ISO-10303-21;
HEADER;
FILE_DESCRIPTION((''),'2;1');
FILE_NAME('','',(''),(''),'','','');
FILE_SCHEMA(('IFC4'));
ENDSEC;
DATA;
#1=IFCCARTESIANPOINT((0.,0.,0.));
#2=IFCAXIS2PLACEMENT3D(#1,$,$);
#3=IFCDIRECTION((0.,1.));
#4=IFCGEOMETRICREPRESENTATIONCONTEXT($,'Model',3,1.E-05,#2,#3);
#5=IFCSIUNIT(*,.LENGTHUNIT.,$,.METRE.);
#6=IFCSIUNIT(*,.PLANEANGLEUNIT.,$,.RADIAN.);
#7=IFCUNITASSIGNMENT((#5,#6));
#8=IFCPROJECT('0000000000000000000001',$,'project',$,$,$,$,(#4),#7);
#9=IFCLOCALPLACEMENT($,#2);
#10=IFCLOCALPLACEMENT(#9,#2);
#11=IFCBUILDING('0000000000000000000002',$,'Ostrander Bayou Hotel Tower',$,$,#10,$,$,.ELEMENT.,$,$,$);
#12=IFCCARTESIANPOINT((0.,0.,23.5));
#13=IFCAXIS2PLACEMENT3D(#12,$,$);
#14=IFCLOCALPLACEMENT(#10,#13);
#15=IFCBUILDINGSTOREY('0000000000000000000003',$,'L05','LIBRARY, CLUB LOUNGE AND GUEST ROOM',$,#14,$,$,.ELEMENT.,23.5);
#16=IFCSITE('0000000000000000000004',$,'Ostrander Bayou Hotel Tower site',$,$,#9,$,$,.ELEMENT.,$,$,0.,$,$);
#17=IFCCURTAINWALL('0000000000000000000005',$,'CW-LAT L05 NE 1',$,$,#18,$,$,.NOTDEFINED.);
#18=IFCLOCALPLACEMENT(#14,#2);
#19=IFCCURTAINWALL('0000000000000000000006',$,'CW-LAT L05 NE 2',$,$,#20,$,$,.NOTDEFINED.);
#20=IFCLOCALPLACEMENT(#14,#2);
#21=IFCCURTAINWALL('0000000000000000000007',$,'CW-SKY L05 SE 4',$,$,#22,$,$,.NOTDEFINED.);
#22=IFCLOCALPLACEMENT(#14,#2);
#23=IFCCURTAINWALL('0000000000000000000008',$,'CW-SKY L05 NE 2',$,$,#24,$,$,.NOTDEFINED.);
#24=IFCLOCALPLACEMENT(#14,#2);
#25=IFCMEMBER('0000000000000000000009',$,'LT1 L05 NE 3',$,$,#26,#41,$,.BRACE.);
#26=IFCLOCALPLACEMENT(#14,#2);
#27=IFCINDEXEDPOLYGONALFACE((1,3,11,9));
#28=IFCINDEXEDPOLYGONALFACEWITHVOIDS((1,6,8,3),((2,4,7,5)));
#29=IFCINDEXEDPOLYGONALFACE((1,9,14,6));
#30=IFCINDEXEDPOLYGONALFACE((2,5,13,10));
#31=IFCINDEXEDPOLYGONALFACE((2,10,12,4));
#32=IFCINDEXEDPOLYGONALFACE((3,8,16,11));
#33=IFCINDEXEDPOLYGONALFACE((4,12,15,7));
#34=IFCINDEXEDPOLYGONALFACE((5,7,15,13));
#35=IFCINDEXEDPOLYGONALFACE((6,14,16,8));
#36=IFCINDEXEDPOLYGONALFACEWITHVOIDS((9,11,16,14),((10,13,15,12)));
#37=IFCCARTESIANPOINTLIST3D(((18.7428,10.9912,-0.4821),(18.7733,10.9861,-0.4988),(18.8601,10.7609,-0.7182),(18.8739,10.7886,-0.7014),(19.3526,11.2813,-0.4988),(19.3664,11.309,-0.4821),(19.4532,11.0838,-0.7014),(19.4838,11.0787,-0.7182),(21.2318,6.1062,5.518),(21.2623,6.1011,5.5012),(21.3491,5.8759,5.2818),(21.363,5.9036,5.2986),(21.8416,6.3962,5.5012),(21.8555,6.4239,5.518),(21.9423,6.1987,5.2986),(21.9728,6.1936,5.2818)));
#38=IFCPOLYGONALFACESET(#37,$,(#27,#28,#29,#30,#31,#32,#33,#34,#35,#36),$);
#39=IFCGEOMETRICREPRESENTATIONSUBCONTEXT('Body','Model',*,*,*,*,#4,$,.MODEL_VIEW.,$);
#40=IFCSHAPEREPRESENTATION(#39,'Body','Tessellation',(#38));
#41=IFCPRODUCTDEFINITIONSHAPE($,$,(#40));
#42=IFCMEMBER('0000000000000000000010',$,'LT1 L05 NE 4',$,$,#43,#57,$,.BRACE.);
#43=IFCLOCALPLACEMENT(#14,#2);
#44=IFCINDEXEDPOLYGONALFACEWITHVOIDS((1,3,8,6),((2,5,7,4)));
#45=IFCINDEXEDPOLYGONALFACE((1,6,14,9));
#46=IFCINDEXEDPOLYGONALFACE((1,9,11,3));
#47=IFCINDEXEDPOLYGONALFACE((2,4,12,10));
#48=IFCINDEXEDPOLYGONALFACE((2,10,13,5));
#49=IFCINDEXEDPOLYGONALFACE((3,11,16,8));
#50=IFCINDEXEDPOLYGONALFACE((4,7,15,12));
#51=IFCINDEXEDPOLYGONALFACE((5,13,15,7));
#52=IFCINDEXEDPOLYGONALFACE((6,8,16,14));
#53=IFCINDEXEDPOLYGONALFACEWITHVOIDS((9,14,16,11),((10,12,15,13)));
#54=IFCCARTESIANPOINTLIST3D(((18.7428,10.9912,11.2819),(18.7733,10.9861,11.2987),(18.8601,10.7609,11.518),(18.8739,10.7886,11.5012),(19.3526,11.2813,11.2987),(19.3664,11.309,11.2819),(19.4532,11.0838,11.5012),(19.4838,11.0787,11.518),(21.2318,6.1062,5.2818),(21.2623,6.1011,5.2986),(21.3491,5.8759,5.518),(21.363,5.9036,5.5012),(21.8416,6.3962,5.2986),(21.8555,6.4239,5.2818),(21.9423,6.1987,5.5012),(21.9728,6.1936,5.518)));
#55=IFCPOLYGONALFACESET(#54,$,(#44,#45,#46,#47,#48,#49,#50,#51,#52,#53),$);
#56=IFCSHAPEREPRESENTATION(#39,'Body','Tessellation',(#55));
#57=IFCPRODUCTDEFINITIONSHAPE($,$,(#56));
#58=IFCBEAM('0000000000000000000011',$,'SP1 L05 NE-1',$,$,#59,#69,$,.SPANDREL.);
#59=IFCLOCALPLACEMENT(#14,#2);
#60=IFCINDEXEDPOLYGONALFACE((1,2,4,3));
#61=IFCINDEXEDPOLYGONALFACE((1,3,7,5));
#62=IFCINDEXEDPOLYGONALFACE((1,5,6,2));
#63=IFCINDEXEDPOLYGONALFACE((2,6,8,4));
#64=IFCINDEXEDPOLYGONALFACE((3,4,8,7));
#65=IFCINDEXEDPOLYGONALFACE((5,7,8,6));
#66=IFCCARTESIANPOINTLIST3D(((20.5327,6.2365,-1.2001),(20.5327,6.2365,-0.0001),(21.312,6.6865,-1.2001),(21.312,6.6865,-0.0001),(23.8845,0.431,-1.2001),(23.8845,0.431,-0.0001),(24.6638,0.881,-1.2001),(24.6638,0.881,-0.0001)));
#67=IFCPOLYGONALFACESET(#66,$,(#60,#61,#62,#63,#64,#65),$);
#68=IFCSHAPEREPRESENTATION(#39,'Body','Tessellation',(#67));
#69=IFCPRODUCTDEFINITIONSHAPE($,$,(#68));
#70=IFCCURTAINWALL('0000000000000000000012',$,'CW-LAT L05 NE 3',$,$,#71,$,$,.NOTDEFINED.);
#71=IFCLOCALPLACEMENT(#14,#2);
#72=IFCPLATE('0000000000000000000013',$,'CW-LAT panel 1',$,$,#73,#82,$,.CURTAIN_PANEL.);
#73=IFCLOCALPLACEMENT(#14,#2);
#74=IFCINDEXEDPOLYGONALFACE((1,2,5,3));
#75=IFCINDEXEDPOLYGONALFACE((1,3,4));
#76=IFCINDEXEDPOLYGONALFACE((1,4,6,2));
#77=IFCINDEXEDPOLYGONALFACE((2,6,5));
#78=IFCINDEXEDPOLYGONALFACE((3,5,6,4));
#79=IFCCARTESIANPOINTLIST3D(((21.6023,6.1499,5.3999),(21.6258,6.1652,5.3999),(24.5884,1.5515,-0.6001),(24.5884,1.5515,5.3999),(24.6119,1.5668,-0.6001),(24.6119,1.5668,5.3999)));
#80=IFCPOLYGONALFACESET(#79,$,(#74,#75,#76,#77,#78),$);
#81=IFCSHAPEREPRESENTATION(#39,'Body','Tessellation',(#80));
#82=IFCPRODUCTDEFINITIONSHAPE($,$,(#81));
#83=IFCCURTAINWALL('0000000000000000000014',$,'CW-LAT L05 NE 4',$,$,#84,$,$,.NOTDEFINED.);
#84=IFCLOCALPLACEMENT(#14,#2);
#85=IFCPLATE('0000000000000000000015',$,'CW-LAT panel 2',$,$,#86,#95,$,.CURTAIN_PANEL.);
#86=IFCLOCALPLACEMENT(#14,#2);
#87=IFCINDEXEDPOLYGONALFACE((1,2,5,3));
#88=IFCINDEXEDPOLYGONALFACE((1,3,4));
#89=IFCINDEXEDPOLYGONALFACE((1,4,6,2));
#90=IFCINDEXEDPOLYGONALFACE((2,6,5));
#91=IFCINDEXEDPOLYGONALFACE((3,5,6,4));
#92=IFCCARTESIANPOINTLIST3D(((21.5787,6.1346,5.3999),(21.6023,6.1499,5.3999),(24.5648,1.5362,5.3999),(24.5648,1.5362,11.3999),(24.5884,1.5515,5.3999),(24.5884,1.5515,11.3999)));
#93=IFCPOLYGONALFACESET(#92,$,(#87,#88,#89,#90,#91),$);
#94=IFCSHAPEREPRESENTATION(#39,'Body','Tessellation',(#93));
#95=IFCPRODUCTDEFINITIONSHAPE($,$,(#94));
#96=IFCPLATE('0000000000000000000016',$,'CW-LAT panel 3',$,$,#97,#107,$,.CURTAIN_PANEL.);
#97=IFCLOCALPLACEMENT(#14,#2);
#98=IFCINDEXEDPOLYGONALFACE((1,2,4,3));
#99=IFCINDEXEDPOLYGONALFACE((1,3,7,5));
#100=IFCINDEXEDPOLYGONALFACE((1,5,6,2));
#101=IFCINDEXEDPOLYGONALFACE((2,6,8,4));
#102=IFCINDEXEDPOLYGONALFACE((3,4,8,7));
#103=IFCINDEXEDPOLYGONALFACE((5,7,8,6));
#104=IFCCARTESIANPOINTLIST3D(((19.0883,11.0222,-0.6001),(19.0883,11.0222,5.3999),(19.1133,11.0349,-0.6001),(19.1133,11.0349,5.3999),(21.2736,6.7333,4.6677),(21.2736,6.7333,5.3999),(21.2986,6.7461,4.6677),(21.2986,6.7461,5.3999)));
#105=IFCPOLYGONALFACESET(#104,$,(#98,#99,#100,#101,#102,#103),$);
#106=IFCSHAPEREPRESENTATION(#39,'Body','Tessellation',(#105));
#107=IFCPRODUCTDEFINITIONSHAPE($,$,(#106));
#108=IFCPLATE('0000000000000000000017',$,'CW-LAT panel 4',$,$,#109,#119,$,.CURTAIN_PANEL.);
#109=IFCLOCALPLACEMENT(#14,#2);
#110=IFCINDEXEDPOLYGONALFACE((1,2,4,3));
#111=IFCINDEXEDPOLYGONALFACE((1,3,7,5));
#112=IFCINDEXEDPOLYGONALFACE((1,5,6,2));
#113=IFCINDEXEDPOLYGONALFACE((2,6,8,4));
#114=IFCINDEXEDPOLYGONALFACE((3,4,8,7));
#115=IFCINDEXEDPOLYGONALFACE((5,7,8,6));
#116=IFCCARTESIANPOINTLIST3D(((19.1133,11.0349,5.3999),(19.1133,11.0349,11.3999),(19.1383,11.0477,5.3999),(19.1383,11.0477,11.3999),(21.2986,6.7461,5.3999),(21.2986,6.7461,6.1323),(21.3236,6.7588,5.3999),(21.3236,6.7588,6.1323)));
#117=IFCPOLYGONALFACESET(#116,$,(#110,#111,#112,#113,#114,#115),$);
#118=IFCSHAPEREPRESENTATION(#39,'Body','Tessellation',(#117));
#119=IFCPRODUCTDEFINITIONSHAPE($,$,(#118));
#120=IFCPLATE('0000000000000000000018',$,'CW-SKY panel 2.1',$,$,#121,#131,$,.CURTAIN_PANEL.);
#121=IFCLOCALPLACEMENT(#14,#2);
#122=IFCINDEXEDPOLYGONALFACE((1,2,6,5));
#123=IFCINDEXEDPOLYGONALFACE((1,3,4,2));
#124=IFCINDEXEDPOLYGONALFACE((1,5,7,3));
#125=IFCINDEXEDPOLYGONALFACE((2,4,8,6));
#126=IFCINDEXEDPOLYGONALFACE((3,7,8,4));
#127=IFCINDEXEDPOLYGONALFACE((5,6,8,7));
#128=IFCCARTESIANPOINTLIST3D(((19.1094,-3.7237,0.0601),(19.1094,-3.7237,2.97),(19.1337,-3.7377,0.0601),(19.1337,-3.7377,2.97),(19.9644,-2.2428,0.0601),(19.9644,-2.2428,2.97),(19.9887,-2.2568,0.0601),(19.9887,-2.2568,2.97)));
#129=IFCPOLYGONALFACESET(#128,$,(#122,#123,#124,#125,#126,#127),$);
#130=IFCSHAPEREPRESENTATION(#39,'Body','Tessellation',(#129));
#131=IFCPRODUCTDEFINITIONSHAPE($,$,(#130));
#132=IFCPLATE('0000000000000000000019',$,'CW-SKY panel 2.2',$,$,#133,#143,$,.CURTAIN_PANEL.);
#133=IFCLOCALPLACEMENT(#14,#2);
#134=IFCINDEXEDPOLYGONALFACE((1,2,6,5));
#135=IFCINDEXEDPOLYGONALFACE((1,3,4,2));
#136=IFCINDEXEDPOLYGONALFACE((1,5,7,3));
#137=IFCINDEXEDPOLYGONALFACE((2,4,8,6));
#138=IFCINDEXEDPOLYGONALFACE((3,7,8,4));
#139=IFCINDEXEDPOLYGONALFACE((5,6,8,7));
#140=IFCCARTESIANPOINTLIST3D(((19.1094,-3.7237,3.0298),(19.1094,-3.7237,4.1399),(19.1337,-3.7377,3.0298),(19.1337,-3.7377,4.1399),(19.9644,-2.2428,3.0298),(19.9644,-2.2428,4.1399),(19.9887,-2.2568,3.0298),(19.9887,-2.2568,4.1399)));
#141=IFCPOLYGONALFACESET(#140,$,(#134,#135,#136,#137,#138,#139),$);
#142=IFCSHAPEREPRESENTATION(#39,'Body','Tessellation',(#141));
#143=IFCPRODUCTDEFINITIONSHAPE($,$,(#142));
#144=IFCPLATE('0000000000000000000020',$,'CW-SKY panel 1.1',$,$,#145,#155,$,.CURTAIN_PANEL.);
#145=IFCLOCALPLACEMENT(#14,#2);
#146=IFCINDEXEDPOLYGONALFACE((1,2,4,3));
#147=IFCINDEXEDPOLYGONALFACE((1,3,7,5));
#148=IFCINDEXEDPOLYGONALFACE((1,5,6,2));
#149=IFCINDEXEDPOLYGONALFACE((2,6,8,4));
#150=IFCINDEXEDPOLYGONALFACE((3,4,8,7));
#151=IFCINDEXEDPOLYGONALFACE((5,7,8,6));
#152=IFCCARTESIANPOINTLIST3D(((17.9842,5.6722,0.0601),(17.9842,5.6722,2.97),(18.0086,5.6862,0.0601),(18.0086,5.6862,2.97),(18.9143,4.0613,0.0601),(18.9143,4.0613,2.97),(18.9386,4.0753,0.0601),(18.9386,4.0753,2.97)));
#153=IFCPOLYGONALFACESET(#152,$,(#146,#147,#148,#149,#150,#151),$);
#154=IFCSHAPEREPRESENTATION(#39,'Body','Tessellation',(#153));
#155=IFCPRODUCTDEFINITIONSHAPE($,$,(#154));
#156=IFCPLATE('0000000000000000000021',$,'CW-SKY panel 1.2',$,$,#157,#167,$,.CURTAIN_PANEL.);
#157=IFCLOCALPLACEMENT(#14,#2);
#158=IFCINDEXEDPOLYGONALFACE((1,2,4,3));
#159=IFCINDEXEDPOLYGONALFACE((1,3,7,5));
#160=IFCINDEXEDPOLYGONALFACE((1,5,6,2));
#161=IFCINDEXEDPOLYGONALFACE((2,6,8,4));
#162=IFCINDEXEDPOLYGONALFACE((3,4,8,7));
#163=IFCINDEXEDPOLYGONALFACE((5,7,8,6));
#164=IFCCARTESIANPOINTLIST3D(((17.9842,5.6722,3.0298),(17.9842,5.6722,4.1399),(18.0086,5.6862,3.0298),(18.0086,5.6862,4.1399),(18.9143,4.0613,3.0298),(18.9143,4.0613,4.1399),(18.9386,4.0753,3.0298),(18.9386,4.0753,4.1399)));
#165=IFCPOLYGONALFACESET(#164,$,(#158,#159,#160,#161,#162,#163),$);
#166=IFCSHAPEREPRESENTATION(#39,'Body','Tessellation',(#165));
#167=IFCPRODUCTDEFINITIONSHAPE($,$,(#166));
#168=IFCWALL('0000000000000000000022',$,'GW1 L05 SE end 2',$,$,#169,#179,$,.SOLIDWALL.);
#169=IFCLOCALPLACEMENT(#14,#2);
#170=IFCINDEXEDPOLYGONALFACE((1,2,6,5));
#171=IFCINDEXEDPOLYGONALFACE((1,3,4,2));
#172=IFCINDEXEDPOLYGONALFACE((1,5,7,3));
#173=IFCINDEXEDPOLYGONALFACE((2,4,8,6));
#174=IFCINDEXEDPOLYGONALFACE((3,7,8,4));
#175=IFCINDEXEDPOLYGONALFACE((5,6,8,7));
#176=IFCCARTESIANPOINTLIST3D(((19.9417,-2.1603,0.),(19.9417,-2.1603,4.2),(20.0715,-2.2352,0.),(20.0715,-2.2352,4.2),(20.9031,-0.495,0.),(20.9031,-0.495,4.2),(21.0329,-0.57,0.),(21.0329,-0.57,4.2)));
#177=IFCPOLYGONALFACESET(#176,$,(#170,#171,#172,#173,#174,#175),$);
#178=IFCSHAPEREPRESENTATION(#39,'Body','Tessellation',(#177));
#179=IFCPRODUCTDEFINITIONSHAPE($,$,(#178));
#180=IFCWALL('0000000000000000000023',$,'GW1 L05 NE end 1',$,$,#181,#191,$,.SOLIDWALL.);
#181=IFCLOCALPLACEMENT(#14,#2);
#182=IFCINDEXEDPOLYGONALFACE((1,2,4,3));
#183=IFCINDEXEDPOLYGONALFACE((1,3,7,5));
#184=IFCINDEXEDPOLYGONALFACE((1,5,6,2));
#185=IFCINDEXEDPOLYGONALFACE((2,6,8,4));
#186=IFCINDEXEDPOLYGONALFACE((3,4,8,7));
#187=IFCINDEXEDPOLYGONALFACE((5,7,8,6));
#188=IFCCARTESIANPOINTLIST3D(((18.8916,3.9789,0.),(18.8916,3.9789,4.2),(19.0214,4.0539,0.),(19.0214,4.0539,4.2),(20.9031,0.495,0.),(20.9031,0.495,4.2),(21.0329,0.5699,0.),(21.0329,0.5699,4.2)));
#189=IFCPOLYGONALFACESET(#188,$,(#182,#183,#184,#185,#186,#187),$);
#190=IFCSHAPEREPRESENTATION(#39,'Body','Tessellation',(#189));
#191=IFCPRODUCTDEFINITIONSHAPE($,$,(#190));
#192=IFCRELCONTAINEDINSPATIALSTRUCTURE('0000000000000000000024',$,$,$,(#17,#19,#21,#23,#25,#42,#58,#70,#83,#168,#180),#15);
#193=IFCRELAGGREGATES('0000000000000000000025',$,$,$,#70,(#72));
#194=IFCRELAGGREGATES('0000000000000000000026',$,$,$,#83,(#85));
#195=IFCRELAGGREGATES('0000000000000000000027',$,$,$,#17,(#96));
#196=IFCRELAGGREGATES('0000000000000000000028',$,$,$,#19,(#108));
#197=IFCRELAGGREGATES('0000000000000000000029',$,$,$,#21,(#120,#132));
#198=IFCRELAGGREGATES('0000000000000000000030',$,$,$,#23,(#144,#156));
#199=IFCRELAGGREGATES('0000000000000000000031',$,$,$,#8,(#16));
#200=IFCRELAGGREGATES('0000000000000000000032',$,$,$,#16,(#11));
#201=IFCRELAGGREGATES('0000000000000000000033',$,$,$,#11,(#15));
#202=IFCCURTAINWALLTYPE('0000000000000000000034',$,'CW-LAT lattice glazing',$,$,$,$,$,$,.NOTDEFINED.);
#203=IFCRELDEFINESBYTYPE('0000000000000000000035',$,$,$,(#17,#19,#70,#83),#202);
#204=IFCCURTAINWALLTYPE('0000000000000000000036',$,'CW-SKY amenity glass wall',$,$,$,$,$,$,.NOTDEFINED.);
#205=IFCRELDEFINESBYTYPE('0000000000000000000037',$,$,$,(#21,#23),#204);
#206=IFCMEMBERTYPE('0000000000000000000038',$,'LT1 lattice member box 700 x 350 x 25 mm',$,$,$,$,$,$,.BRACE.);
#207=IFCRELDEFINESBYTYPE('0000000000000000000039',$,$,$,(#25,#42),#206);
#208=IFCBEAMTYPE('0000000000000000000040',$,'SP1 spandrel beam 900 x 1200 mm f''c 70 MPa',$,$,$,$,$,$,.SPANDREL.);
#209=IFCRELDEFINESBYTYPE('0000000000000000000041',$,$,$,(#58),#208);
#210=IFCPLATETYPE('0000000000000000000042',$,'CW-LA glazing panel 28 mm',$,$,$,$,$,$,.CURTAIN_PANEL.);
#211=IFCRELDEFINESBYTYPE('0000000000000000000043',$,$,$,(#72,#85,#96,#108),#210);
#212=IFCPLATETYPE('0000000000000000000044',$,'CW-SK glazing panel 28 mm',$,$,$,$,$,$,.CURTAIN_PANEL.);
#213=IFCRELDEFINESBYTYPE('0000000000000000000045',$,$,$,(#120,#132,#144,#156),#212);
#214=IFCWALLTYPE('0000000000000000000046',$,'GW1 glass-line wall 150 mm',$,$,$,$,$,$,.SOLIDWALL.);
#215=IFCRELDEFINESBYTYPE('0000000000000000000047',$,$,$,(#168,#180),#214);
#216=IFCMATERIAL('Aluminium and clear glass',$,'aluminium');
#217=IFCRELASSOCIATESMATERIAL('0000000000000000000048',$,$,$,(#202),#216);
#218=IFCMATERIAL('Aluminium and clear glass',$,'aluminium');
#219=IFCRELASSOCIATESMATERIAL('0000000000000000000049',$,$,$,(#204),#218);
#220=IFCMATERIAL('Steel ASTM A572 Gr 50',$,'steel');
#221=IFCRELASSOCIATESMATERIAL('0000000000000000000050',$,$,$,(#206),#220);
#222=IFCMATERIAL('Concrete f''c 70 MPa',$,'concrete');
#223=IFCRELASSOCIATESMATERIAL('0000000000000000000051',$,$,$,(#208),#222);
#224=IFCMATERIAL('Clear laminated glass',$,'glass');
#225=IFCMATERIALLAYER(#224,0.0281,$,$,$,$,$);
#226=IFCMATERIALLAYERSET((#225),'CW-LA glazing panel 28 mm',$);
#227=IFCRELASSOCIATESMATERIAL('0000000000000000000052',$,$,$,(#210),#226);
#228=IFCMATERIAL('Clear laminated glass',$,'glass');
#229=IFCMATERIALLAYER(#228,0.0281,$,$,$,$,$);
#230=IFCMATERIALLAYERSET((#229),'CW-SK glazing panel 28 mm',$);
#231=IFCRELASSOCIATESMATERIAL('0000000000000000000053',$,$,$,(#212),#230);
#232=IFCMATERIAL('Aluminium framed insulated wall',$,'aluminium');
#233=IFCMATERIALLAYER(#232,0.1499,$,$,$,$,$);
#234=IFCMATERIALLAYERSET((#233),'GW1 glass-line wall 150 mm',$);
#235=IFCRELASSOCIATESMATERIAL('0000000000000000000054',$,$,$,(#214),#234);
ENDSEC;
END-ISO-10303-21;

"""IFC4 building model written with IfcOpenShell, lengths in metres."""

from ifc_helpers import new_model, si_unit, direction, frame, frame_2d, origin, origin_2d, place, context, subcontext, project, spatial, polyline, rectangle, hollow_rectangle, outline, extrude, material, layer, layer_set, material_profile, profile_set, type_object, element, aggregate, save


model = new_model("IFC4")

# Units and contexts
model_context = context("Model", 3, precision=1e-05, world=origin(), true_north=direction((0.0, 1.0)))
body_context = subcontext(model_context, "Body", "Model", "MODEL_VIEW")
ifc_project = project(units=[si_unit("LENGTHUNIT", "METRE"), si_unit("PLANEANGLEUNIT", "RADIAN")], contexts=[model_context])

# Site, building, storey
site_placement = place(None, origin())
site = spatial("IfcSite", under=ifc_project, at=site_placement, Name="Ostrander Bayou Hotel Tower site", CompositionType="ELEMENT", RefElevation=0.0)
building_placement = place(site_placement, origin())
building = spatial("IfcBuilding", under=site, at=building_placement, Name="Ostrander Bayou Hotel Tower", CompositionType="ELEMENT")
storey_placement = place(building_placement, frame((0.0, 0.0, 23.5)))
storey = spatial("IfcBuildingStorey", under=building, at=storey_placement, Name="L05", Description="LIBRARY, CLUB LOUNGE AND GUEST ROOM", CompositionType="ELEMENT", Elevation=23.5)

# Curtain wall
ifc_material_1 = material(Name="Aluminium and clear glass", Category="aluminium")
curtain_wall_type_1 = type_object("IfcCurtainWallType", Name="CW-LAT lattice glazing", PredefinedType="NOTDEFINED", material=ifc_material_1)
curtain_wall_1_placement = place(storey_placement, origin())
curtain_wall_1 = element("IfcCurtainWall", 1, at=curtain_wall_1_placement, inside=storey, type_object=curtain_wall_type_1, Name="CW-LAT L05 NE 1", PredefinedType="NOTDEFINED")

# Curtain walls
curtain_wall_2_placement = place(storey_placement, origin())
curtain_wall_2 = element("IfcCurtainWall", 2, at=curtain_wall_2_placement, inside=storey, type_object=curtain_wall_type_1, Name="CW-LAT L05 NE 2", PredefinedType="NOTDEFINED")
ifc_material_2 = material(Name="Aluminium and clear glass", Category="aluminium")
curtain_wall_type_2 = type_object("IfcCurtainWallType", Name="CW-SKY amenity glass wall", PredefinedType="NOTDEFINED", material=ifc_material_2)
curtain_wall_3_placement = place(storey_placement, origin())
curtain_wall_3 = element("IfcCurtainWall", 3, at=curtain_wall_3_placement, inside=storey, type_object=curtain_wall_type_2, Name="CW-SKY L05 SE 4", PredefinedType="NOTDEFINED")

# Curtain wall
curtain_wall_4_placement = place(storey_placement, origin())
curtain_wall_4 = element("IfcCurtainWall", 4, at=curtain_wall_4_placement, inside=storey, type_object=curtain_wall_type_2, Name="CW-SKY L05 NE 2", PredefinedType="NOTDEFINED")

# Members
ifc_material_3 = material(Name="Steel ASTM A572 Gr 50", Category="steel")
ifc_material_profile_1 = material_profile(ifc_material_3, hollow_rectangle(XDim=0.7, YDim=0.3501, WallThickness=0.0249, at=origin_2d()))
ifc_profile_set_1 = profile_set([ifc_material_profile_1], Name="Steel ASTM A572 Gr 50")
member_type_1 = type_object("IfcMemberType", Name="LT1 lattice member box 700 x 350 x 25 mm", PredefinedType="BRACE", material=ifc_profile_set_1)
for number, where, z_axis, x_axis, name in (
    (5, (21.6023, 6.1499, 5.3999), (-0.306241, 0.601037, -0.738222), (-0.891008, -0.453987, 0.0), "LT1 L05 NE 3"),
    (6, (21.6023, 6.1499, 5.3999), (-0.306241, 0.601037, 0.738222), (-0.891008, -0.453987, 0.0), "LT1 L05 NE 4"),
):
    element("IfcMember", number, at=place(storey_placement, frame(where, z_axis=z_axis, x_axis=x_axis)), inside=storey, type_object=member_type_1, Name=name, PredefinedType="BRACE", context=body_context, shape_type="SweptSolid", body=[
        extrude(hollow_rectangle(XDim=0.7, YDim=0.3501, WallThickness=0.0249, at=origin_2d()), origin(), (0.0, 0.0, 1.0), 8.1277),
    ])

# Beam
ifc_material_4 = material(Name="Concrete f'c 70 MPa", Category="concrete")
ifc_material_profile_2 = material_profile(ifc_material_4, rectangle(XDim=0.8999, YDim=1.2, at=origin_2d()))
ifc_profile_set_2 = profile_set([ifc_material_profile_2], Name="Concrete f'c 70 MPa")
beam_type_1 = type_object("IfcBeamType", Name="SP1 spandrel beam 900 x 1200 mm f'c 70 MPa", PredefinedType="SPANDREL", material=ifc_profile_set_2)
beam_1_placement = place(storey_placement, frame((24.2742, 0.656, -0.6001), z_axis=(-0.500005, 0.866022, 0.0), x_axis=(-0.866022, -0.500005, 0.0)))
element("IfcBeam", 7, at=beam_1_placement, inside=storey, type_object=beam_type_1, Name="SP1 L05 NE-1", PredefinedType="SPANDREL", context=body_context, shape_type="SweptSolid", body=[
    extrude(rectangle(XDim=0.8999, YDim=1.2, at=origin_2d()), origin(), (0.0, 0.0, 1.0), 6.7036),
])

# Curtain walls, plates
curtain_wall_5_placement = place(storey_placement, origin())
curtain_wall_5 = element("IfcCurtainWall", 8, at=curtain_wall_5_placement, inside=storey, type_object=curtain_wall_type_1, Name="CW-LAT L05 NE 3", PredefinedType="NOTDEFINED")
ifc_material_5 = material(Name="Clear laminated glass", Category="glass")
ifc_layer_1 = layer(ifc_material_5, 0.0281)
ifc_layer_set_1 = layer_set([ifc_layer_1], Name="CW-LA glazing panel 28 mm")
plate_type_1 = type_object("IfcPlateType", Name="CW-LA glazing panel 28 mm", PredefinedType="CURTAIN_PANEL", material=ifc_layer_set_1)
plate_1_placement = place(storey_placement, frame((21.6023, 6.1499, 5.3999), z_axis=(-0.838683, -0.54462, 0.0), x_axis=(0.367389, -0.565757, -0.738203)))
plate_1 = element("IfcPlate", 9, at=plate_1_placement, type_object=plate_type_1, Name="CW-LAT panel 1", PredefinedType="CURTAIN_PANEL", context=body_context, shape_type="SweptSolid", body=[
    extrude(outline(polyline([(0.0, 0.0), (8.1278, 0.0), (3.6986, 4.0475), (0.0, 0.0)])), origin(), (0.0, 0.0, -1.0), 0.0281),
])
aggregate(curtain_wall_5, [plate_1])
curtain_wall_6_placement = place(storey_placement, origin())
curtain_wall_6 = element("IfcCurtainWall", 10, at=curtain_wall_6_placement, inside=storey, type_object=curtain_wall_type_1, Name="CW-LAT L05 NE 4", PredefinedType="NOTDEFINED")
plate_2_placement = place(storey_placement, frame((21.6023, 6.1499, 5.3999), z_axis=(0.838683, 0.54462, 0.0), x_axis=(0.367389, -0.565757, 0.738203)))
plate_2 = element("IfcPlate", 11, at=plate_2_placement, type_object=plate_type_1, Name="CW-LAT panel 2", PredefinedType="CURTAIN_PANEL", context=body_context, shape_type="SweptSolid", body=[
    extrude(outline(polyline([(0.0, 0.0), (8.1278, 0.0), (3.6986, 4.0475), (0.0, 0.0)])), origin(), (0.0, 0.0, -1.0), 0.0281),
])
aggregate(curtain_wall_6, [plate_2])

# Plates
plate_3_placement = place(storey_placement, frame((21.2986, 6.7461, 4.6677), z_axis=(0.891003, 0.453997, 0.0), x_axis=(-0.306245, 0.601029, -0.738226)))
plate_3 = element("IfcPlate", 12, at=plate_3_placement, type_object=plate_type_1, Name="CW-LAT panel 3", PredefinedType="CURTAIN_PANEL", context=body_context, shape_type="SweptSolid", body=[
    extrude(outline(polyline([(0.0, 0.0), (7.1358, 0.0), (2.7064, 4.0473), (-0.5405, 0.4939), (0.0, 0.0)])), origin(), (0.0, 0.0, -1.0), 0.0281),
])
aggregate(curtain_wall_1, [plate_3])
plate_4_placement = place(storey_placement, frame((21.2986, 6.7461, 6.1323), z_axis=(-0.891003, -0.453997, 0.0), x_axis=(-0.306253, 0.601045, 0.73821)))
plate_4 = element("IfcPlate", 13, at=plate_4_placement, type_object=plate_type_1, Name="CW-LAT panel 4", PredefinedType="CURTAIN_PANEL", context=body_context, shape_type="SweptSolid", body=[
    extrude(outline(polyline([(0.0, 0.0), (7.1356, 0.0), (2.7063, 4.0474), (-0.5407, 0.4941), (0.0, 0.0)])), origin(), (0.0, 0.0, -1.0), 0.0281),
])
aggregate(curtain_wall_2, [plate_4])
ifc_material_6 = material(Name="Clear laminated glass", Category="glass")
ifc_layer_2 = layer(ifc_material_6, 0.0281)
ifc_layer_set_2 = layer_set([ifc_layer_2], Name="CW-SK glazing panel 28 mm")
plate_type_2 = type_object("IfcPlateType", Name="CW-SK glazing panel 28 mm", PredefinedType="CURTAIN_PANEL", material=ifc_layer_set_2)
plate_5_placement = place(storey_placement, frame((19.5491, -2.9902, 0.0601), z_axis=(0.0, 0.0, 1.0), x_axis=(0.499999, 0.866026, 0.0)))
plate_5 = element("IfcPlate", 14, at=plate_5_placement, type_object=plate_type_2, Name="CW-SKY panel 2.1", PredefinedType="CURTAIN_PANEL", context=body_context, shape_type="SweptSolid", body=[
    extrude(rectangle(XDim=1.71, YDim=0.0281, at=origin_2d()), origin(), (0.0, 0.0, 1.0), 2.9099),
])
plate_6_placement = place(storey_placement, frame((19.5491, -2.9902, 3.0298), z_axis=(0.0, 0.0, 1.0), x_axis=(0.499999, 0.866026, 0.0)))
plate_6 = element("IfcPlate", 15, at=plate_6_placement, type_object=plate_type_2, Name="CW-SKY panel 2.2", PredefinedType="CURTAIN_PANEL", context=body_context, shape_type="SweptSolid", body=[
    extrude(rectangle(XDim=1.71, YDim=0.0281, at=origin_2d()), origin(), (0.0, 0.0, 1.0), 1.1101),
])
aggregate(curtain_wall_3, [plate_5, plate_6])
plate_7_placement = place(storey_placement, frame((18.4614, 4.8738, 0.0601), z_axis=(0.0, 0.0, 1.0), x_axis=(-0.5, 0.866025, 0.0)))
plate_7 = element("IfcPlate", 16, at=plate_7_placement, type_object=plate_type_2, Name="CW-SKY panel 1.1", PredefinedType="CURTAIN_PANEL", context=body_context, shape_type="SweptSolid", body=[
    extrude(rectangle(XDim=1.8601, YDim=0.0281, at=origin_2d()), origin(), (0.0, 0.0, 1.0), 2.9099),
])
plate_8_placement = place(storey_placement, frame((18.4614, 4.8738, 3.0298), z_axis=(0.0, 0.0, 1.0), x_axis=(-0.5, 0.866025, 0.0)))
plate_8 = element("IfcPlate", 17, at=plate_8_placement, type_object=plate_type_2, Name="CW-SKY panel 1.2", PredefinedType="CURTAIN_PANEL", context=body_context, shape_type="SweptSolid", body=[
    extrude(rectangle(XDim=1.8601, YDim=0.0281, at=origin_2d()), origin(), (0.0, 0.0, 1.0), 1.1101),
])
aggregate(curtain_wall_4, [plate_7, plate_8])

# Walls
ifc_material_7 = material(Name="Aluminium framed insulated wall", Category="aluminium")
ifc_layer_3 = layer(ifc_material_7, 0.1499)
ifc_layer_set_3 = layer_set([ifc_layer_3], Name="GW1 glass-line wall 150 mm")
wall_type_1 = type_object("IfcWallType", Name="GW1 glass-line wall 150 mm", PredefinedType="SOLIDWALL", material=ifc_layer_set_3)
wall_1_placement = place(storey_placement, frame((20.0066, -2.1978, 0.0), z_axis=(0.0, 0.0, 1.0), x_axis=(0.49999, 0.866031, 0.0)))
element("IfcWall", 18, at=wall_1_placement, inside=storey, type_object=wall_type_1, Name="GW1 L05 SE end 2", PredefinedType="SOLIDWALL", context=body_context, shape_type="SweptSolid", body=[
    extrude(rectangle(XDim=1.9229, YDim=0.1499, at=frame_2d((0.9614, 0.0))), origin(), (0.0, 0.0, 1.0), 4.2),
])
wall_2_placement = place(storey_placement, frame((20.968, 0.5325, 0.0), z_axis=(0.0, 0.0, 1.0), x_axis=(-0.50001, 0.86602, 0.0)))
element("IfcWall", 19, at=wall_2_placement, inside=storey, type_object=wall_type_1, Name="GW1 L05 NE end 1", PredefinedType="SOLIDWALL", context=body_context, shape_type="SweptSolid", body=[
    extrude(rectangle(XDim=4.0229, YDim=0.1499, at=frame_2d((2.0115, 0.0))), origin(), (0.0, 0.0, 1.0), 4.2),
])

save(model, "model.ifc")
